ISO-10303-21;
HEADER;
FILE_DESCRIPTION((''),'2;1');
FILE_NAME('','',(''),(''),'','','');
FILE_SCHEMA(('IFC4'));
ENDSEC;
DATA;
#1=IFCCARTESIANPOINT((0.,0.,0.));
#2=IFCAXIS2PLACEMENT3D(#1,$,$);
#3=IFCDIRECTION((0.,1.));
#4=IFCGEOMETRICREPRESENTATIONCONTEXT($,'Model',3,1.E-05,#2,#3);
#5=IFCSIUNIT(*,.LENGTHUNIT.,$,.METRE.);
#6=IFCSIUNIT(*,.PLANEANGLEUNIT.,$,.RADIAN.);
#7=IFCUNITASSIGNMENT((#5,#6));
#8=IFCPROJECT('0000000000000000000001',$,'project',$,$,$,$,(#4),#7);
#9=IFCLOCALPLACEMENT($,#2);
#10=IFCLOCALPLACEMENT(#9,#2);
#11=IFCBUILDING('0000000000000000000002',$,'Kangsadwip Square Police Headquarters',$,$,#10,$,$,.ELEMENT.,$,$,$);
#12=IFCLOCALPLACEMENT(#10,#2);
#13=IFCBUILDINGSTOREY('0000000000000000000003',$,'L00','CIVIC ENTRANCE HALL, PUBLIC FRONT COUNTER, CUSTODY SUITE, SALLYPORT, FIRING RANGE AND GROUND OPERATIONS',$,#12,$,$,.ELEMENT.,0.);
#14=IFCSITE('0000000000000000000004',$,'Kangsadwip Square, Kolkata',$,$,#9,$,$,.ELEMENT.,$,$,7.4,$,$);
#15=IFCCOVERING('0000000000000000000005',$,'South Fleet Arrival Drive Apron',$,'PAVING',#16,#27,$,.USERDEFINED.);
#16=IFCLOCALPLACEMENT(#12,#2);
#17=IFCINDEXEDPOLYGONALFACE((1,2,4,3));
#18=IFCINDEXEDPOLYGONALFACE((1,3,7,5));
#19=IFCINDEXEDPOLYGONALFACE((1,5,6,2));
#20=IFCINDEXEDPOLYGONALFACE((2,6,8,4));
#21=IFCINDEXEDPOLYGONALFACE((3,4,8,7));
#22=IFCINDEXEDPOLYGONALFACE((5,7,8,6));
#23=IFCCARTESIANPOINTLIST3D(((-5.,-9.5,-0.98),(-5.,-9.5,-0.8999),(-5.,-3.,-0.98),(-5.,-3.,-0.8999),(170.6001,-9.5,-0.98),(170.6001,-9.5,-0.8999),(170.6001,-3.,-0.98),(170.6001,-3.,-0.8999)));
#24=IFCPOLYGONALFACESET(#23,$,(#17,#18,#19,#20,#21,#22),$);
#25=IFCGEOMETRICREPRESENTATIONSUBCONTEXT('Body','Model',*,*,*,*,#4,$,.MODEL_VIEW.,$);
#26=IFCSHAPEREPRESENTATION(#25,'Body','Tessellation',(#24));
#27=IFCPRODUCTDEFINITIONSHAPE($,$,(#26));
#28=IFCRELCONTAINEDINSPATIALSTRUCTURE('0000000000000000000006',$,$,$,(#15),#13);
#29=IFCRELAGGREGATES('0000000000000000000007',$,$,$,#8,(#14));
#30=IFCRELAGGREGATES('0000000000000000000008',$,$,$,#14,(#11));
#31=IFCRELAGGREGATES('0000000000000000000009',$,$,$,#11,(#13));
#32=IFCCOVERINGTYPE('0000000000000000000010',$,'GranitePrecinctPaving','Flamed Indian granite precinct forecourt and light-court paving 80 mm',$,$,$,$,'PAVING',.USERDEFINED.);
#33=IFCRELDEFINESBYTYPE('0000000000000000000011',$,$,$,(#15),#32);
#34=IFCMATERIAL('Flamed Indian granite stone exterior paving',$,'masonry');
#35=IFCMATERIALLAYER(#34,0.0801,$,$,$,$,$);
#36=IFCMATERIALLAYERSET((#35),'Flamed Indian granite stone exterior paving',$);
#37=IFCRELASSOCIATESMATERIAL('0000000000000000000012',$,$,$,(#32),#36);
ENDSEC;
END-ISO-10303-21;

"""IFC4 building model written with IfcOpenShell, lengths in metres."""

from ifc_helpers import new_model, si_unit, direction, frame, origin, place, context, subcontext, project, spatial, polyline, outline, extrude, material, layer, layer_set, type_object, element, save


model = new_model("IFC4")

# Units and contexts
model_context = context("Model", 3, precision=1e-05, world=origin(), true_north=direction((0.0, 1.0)))
body_context = subcontext(model_context, "Body", "Model", "MODEL_VIEW")
ifc_project = project(units=[si_unit("LENGTHUNIT", "METRE"), si_unit("PLANEANGLEUNIT", "RADIAN")], contexts=[model_context])

# Site, building, storey
site_placement = place(None, origin())
site = spatial("IfcSite", under=ifc_project, at=site_placement, Name="Kangsadwip Square, Kolkata", CompositionType="ELEMENT", RefElevation=7.4)
building_placement = place(site_placement, origin())
building = spatial("IfcBuilding", under=site, at=building_placement, Name="Kangsadwip Square Police Headquarters", CompositionType="ELEMENT")
storey_placement = place(building_placement, origin())
storey = spatial("IfcBuildingStorey", under=building, at=storey_placement, Name="L00", Description="CIVIC ENTRANCE HALL, PUBLIC FRONT COUNTER, CUSTODY SUITE, SALLYPORT, FIRING RANGE AND GROUND OPERATIONS", CompositionType="ELEMENT", Elevation=0.0)

# Covering
ifc_material_1 = material(Name="Flamed Indian granite stone exterior paving", Category="masonry")
ifc_layer_1 = layer(ifc_material_1, 0.0801)
ifc_layer_set_1 = layer_set([ifc_layer_1], Name="Flamed Indian granite stone exterior paving")
covering_type = type_object("IfcCoveringType", Name="GranitePrecinctPaving", Description="Flamed Indian granite precinct forecourt and light-court paving 80 mm", ElementType="PAVING", PredefinedType="USERDEFINED", material=ifc_layer_set_1)
covering_1_placement = place(storey_placement, frame((0.0, 0.0, -0.98)))
element("IfcCovering", 1, at=covering_1_placement, inside=storey, type_object=covering_type, Name="South Fleet Arrival Drive Apron", ObjectType="PAVING", PredefinedType="USERDEFINED", context=body_context, shape_type="SweptSolid", body=[
    extrude(outline(polyline([(-5.0, -9.5), (170.6001, -9.5), (170.6001, -3.0), (-5.0, -3.0), (-5.0, -9.5)])), origin(), (0.0, 0.0, 1.0), 0.0801),
])

save(model, "model.ifc")
